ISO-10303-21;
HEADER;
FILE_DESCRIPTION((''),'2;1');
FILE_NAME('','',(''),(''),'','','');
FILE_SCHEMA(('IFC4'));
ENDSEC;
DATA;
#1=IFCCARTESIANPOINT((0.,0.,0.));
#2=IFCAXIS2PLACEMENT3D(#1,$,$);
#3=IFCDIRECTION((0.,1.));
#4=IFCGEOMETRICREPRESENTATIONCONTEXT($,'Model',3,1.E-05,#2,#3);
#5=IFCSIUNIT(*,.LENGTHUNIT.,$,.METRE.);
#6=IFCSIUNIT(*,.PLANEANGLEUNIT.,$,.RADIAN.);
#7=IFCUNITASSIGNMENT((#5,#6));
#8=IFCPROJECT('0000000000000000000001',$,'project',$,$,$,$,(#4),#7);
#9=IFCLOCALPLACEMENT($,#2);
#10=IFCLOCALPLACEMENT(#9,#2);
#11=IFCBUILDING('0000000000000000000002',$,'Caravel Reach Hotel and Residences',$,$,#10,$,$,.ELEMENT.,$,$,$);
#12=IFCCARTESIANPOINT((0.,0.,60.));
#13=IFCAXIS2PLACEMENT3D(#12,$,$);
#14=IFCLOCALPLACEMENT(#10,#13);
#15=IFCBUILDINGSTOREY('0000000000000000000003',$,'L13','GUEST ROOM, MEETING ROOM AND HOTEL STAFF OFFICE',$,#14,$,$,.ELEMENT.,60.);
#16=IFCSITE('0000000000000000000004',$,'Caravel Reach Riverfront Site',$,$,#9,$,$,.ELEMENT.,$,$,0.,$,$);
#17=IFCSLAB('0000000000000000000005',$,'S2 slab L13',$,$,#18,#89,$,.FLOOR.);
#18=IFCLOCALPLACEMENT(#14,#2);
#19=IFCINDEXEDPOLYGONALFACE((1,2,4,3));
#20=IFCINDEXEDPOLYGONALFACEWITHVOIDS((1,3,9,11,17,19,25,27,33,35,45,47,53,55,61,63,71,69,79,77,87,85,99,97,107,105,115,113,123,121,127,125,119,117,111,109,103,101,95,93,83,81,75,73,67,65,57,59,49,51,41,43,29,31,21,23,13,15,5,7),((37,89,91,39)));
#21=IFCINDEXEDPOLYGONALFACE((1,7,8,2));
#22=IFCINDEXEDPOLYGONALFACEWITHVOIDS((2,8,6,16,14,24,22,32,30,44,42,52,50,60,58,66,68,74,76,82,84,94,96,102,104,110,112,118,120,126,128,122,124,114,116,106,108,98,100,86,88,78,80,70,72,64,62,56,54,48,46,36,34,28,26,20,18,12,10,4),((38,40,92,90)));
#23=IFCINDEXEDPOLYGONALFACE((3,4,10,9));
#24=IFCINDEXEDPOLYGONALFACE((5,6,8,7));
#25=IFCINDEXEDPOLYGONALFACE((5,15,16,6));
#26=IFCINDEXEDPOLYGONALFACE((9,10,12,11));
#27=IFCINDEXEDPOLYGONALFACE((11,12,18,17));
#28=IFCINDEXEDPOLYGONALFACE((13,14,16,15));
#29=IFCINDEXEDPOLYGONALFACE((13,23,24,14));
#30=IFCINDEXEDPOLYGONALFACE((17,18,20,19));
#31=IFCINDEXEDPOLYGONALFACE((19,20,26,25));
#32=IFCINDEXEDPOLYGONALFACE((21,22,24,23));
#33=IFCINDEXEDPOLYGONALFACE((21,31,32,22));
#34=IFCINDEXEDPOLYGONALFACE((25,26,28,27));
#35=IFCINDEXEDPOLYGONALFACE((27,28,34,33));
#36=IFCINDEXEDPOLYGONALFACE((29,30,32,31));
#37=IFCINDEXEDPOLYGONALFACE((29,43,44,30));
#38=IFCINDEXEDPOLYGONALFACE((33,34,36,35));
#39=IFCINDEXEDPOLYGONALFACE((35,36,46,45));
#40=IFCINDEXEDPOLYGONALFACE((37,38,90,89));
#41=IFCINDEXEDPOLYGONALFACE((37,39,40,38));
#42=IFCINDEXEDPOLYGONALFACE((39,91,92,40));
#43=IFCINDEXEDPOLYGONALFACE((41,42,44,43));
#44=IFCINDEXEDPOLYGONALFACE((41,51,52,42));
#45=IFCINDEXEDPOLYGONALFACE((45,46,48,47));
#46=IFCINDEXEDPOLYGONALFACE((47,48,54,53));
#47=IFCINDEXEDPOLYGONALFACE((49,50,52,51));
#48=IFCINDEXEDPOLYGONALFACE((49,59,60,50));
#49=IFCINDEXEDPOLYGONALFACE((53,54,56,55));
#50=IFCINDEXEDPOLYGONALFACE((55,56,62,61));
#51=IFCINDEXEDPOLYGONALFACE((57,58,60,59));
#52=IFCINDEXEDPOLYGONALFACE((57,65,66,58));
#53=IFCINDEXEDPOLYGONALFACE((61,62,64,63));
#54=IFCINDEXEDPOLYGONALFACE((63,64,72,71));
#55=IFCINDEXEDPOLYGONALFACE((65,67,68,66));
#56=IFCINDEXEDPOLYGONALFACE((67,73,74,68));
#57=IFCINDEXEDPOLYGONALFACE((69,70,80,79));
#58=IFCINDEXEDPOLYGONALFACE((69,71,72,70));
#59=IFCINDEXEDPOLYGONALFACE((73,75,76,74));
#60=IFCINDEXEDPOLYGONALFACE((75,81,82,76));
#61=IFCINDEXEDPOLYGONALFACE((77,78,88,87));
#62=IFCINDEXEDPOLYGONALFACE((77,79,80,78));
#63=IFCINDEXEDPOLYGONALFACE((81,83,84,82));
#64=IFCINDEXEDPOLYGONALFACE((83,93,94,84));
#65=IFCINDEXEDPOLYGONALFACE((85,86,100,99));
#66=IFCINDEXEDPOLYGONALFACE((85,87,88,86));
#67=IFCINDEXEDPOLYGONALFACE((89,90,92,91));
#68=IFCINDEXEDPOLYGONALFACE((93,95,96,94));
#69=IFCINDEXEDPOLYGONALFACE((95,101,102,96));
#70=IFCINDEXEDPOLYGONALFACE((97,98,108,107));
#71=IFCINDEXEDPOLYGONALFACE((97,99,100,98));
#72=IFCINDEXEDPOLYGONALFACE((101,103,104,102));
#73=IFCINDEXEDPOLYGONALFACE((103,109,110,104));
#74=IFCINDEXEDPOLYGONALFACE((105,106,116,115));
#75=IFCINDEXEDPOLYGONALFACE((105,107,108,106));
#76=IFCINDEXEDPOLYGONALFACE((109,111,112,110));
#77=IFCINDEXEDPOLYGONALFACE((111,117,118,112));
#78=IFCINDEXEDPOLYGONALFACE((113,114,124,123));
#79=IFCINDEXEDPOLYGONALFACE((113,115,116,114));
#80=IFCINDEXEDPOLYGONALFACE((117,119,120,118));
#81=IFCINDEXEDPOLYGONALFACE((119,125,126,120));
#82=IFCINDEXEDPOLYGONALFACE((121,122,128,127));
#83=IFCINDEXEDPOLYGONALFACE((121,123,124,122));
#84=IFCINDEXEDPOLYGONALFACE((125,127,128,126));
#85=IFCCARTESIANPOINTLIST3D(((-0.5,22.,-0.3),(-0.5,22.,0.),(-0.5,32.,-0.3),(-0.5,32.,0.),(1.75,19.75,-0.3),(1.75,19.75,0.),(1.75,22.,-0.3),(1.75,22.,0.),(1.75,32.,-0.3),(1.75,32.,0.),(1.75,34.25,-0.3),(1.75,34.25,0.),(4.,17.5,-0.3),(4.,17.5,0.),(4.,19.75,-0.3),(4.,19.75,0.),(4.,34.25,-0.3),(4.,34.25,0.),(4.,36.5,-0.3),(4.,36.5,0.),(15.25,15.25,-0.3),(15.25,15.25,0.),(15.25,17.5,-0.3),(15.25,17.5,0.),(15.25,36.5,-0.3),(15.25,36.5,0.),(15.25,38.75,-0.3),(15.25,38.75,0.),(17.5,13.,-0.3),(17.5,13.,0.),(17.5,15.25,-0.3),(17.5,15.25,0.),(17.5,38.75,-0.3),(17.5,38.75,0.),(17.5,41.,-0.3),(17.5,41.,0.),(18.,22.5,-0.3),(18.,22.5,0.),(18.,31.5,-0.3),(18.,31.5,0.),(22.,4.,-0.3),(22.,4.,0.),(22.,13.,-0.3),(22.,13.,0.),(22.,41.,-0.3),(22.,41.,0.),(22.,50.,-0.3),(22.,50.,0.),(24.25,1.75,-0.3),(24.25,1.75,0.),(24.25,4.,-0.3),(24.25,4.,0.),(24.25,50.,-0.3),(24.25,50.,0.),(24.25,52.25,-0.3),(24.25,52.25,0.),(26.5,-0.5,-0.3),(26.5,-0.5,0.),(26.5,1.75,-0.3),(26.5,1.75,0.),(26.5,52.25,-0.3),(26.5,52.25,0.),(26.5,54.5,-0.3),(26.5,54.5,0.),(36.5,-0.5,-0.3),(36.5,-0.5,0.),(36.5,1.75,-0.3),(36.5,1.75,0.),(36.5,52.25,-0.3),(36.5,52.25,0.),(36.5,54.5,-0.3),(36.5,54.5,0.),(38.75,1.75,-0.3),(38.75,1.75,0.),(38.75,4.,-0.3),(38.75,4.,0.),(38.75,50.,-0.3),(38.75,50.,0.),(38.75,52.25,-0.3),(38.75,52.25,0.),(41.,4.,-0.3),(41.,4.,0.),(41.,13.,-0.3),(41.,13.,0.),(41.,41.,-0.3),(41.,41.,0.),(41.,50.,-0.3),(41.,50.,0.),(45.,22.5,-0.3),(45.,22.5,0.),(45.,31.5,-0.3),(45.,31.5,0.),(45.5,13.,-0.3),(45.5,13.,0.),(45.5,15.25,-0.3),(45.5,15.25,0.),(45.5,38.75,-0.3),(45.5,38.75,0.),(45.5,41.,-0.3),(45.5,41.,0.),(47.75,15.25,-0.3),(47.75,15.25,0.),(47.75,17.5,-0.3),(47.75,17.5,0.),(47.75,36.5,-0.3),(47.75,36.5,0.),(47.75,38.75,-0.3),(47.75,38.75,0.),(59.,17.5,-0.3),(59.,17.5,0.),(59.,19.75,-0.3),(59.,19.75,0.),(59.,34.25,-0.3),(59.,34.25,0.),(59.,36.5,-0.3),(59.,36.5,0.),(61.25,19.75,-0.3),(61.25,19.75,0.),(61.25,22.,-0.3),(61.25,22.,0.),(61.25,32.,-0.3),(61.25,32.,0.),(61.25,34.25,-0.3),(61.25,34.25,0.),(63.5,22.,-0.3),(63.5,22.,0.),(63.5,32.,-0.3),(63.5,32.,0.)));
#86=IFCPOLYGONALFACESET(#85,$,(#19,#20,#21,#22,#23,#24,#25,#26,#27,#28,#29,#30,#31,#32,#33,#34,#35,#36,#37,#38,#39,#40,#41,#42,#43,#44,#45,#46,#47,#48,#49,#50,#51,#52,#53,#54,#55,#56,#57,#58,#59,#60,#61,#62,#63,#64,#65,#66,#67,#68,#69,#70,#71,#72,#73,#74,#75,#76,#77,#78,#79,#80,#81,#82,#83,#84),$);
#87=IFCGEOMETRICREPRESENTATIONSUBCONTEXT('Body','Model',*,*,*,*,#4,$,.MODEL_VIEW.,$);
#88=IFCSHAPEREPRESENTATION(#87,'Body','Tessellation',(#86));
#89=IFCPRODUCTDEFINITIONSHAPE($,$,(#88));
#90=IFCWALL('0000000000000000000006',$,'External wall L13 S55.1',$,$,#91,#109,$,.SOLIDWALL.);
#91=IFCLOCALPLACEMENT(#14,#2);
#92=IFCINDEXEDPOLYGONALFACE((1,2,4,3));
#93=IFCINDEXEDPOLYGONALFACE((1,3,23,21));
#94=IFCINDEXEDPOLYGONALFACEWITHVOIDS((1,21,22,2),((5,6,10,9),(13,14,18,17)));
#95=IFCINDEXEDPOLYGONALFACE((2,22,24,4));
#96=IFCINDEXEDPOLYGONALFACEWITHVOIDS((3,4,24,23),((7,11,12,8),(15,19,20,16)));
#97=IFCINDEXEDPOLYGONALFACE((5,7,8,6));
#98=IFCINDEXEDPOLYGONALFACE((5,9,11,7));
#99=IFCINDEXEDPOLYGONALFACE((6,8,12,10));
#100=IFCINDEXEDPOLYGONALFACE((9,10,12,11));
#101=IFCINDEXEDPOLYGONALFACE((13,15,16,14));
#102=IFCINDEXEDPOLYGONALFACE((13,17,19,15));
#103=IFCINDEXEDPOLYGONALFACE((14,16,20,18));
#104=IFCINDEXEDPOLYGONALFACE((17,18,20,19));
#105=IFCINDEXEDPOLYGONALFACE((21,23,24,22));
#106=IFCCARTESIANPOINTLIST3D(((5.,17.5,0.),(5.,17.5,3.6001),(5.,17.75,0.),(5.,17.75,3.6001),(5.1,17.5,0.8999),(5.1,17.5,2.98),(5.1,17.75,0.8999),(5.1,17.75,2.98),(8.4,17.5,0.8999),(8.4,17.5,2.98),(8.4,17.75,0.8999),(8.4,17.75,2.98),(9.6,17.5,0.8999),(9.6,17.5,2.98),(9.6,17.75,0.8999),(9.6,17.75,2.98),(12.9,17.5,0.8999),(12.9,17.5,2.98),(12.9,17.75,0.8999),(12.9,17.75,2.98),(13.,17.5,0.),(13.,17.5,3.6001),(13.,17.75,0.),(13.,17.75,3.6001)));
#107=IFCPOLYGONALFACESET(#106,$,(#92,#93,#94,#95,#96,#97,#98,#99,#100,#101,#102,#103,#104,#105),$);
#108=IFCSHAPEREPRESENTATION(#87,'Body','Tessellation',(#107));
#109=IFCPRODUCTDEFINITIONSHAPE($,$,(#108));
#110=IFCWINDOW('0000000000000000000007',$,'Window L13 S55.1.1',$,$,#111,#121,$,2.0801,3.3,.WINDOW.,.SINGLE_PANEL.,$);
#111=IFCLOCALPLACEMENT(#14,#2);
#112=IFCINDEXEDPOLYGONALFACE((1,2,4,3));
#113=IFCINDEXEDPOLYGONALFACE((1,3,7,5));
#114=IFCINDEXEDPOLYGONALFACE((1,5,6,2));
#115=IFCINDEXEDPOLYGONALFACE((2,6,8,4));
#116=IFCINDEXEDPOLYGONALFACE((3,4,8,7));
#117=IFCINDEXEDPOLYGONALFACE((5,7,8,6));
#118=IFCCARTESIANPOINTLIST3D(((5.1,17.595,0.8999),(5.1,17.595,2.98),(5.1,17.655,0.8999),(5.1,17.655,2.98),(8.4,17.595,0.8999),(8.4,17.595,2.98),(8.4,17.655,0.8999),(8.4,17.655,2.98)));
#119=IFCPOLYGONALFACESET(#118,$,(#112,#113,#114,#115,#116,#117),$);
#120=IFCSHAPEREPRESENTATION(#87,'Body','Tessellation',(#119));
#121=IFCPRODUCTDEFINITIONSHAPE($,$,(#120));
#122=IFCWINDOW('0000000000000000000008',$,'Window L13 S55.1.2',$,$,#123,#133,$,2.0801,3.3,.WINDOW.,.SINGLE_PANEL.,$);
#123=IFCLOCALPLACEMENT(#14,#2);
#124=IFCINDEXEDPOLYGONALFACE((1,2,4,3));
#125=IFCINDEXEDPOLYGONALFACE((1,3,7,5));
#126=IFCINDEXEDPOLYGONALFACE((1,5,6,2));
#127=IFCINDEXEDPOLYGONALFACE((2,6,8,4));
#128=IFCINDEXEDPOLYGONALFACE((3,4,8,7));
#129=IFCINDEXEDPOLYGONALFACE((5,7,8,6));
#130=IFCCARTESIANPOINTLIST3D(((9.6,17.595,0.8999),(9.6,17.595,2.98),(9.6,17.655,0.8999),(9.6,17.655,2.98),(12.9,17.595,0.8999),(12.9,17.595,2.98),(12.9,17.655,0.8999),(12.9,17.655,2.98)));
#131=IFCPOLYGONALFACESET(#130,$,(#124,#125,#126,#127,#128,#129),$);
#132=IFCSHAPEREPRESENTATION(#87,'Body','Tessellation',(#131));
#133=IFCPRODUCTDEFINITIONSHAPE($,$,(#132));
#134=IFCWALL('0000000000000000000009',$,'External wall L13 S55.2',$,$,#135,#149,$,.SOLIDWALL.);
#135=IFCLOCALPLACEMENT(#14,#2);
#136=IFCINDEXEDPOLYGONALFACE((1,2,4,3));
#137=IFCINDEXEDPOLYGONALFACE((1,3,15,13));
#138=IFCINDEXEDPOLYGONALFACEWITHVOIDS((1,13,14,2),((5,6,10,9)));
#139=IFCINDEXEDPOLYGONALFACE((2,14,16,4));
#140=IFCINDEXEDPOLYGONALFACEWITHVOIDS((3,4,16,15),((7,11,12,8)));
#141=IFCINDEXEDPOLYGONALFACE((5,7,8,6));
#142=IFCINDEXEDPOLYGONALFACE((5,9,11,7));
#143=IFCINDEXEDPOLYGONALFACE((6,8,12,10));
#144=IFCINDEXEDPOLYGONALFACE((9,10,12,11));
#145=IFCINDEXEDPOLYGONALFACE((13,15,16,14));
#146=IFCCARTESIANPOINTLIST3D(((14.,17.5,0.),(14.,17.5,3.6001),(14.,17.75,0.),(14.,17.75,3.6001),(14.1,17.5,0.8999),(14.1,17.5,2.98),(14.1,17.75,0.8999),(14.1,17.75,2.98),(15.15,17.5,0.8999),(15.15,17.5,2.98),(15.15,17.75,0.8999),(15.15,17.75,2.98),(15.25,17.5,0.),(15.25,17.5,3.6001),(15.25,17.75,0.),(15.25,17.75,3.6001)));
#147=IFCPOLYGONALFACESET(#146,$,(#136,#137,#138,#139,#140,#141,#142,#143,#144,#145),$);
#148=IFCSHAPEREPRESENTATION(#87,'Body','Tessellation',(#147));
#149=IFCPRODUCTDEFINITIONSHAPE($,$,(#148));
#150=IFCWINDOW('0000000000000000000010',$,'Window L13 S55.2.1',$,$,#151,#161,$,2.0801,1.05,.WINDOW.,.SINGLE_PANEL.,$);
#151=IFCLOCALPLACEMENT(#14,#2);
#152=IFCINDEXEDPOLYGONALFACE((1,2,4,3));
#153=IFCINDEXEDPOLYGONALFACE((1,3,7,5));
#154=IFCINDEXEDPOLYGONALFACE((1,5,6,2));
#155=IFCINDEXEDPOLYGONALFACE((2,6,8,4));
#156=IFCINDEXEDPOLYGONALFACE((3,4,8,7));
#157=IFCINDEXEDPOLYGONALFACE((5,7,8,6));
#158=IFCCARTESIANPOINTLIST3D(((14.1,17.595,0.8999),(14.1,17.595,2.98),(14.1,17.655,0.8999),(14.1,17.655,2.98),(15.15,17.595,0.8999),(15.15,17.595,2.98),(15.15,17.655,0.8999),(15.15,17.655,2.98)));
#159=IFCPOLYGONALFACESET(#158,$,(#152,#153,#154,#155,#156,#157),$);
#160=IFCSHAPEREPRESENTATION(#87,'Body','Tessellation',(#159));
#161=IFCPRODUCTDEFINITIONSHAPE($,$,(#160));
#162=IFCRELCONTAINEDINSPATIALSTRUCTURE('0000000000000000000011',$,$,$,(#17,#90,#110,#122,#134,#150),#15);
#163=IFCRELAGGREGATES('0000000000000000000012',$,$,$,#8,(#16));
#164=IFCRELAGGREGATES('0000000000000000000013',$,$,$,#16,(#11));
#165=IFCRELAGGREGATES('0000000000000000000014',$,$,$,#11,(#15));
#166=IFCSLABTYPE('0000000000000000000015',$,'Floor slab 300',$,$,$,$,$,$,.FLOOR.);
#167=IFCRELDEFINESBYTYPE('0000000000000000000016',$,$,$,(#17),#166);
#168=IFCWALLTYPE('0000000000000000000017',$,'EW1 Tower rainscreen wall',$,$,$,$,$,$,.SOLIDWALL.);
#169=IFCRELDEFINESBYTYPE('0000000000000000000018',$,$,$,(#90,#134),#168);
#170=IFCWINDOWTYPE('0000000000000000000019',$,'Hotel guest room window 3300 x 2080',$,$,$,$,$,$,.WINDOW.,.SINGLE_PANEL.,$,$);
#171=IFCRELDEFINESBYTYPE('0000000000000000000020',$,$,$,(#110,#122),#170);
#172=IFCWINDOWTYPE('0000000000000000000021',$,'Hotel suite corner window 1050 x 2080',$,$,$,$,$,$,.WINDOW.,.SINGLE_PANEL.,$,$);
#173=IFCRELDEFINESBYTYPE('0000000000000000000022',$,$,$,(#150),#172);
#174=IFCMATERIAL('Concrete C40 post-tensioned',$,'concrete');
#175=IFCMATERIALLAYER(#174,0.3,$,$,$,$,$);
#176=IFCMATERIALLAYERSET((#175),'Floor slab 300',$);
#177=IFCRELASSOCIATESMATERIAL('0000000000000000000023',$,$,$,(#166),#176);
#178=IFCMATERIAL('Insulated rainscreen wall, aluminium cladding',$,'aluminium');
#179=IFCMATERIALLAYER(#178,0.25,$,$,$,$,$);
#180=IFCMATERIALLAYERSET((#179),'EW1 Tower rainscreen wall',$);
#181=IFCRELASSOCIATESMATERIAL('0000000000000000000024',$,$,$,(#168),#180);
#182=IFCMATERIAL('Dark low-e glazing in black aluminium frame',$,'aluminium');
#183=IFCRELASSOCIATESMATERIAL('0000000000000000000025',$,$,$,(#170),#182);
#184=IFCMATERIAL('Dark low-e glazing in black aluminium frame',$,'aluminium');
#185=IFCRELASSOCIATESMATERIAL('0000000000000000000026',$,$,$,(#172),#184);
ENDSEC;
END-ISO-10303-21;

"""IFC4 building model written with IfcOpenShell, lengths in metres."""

from ifc_helpers import new_model, si_unit, direction, frame, frame_2d, origin, place, context, subcontext, project, spatial, polyline, rectangle, outline, extrude, material, layer, layer_set, type_object, element, fill, save


model = new_model("IFC4")

# Units and contexts
model_context = context("Model", 3, precision=1e-05, world=origin(), true_north=direction((0.0, 1.0)))
body_context = subcontext(model_context, "Body", "Model", "MODEL_VIEW")
ifc_project = project(units=[si_unit("LENGTHUNIT", "METRE"), si_unit("PLANEANGLEUNIT", "RADIAN")], contexts=[model_context])

# Site, building, storey
site_placement = place(None, origin())
site = spatial("IfcSite", under=ifc_project, at=site_placement, Name="Caravel Reach Riverfront Site", CompositionType="ELEMENT", RefElevation=0.0)
building_placement = place(site_placement, origin())
building = spatial("IfcBuilding", under=site, at=building_placement, Name="Caravel Reach Hotel and Residences", CompositionType="ELEMENT")
storey_placement = place(building_placement, frame((0.0, 0.0, 60.0)))
storey = spatial("IfcBuildingStorey", under=building, at=storey_placement, Name="L13", Description="GUEST ROOM, MEETING ROOM AND HOTEL STAFF OFFICE", CompositionType="ELEMENT", Elevation=60.0)

# Slab
ifc_material_1 = material(Name="Concrete C40 post-tensioned", Category="concrete")
ifc_layer_1 = layer(ifc_material_1, 0.3)
ifc_layer_set_1 = layer_set([ifc_layer_1], Name="Floor slab 300")
slab_type_1 = type_object("IfcSlabType", Name="Floor slab 300", PredefinedType="FLOOR", material=ifc_layer_set_1)
slab_1_placement = place(storey_placement, frame((0.0, 0.0, -0.3)))
element("IfcSlab", 1, at=slab_1_placement, inside=storey, type_object=slab_type_1, Name="S2 slab L13", PredefinedType="FLOOR", context=body_context, shape_type="SweptSolid", body=[
    extrude(outline(polyline([(17.5, 13.0), (17.5, 15.25), (15.25, 15.25), (15.25, 17.5), (4.0, 17.5), (4.0, 19.75), (1.75, 19.75), (1.75, 22.0), (-0.5, 22.0), (-0.5, 32.0), (1.75, 32.0), (1.75, 34.25), (4.0, 34.25), (4.0, 36.5), (15.25, 36.5), (15.25, 38.75), (17.5, 38.75), (17.5, 41.0), (22.0, 41.0), (22.0, 50.0), (24.25, 50.0), (24.25, 52.25), (26.5, 52.25), (26.5, 54.5), (36.5, 54.5), (36.5, 52.25), (38.75, 52.25), (38.75, 50.0), (41.0, 50.0), (41.0, 41.0), (45.5, 41.0), (45.5, 38.75), (47.75, 38.75), (47.75, 36.5), (59.0, 36.5), (59.0, 34.25), (61.25, 34.25), (61.25, 32.0), (63.5, 32.0), (63.5, 22.0), (61.25, 22.0), (61.25, 19.75), (59.0, 19.75), (59.0, 17.5), (47.75, 17.5), (47.75, 15.25), (45.5, 15.25), (45.5, 13.0), (41.0, 13.0), (41.0, 4.0), (38.75, 4.0), (38.75, 1.75), (36.5, 1.75), (36.5, -0.5), (26.5, -0.5), (26.5, 1.75), (24.25, 1.75), (24.25, 4.0), (22.0, 4.0), (22.0, 13.0), (17.5, 13.0)]), holes=[polyline([(45.0, 31.5), (18.0, 31.5), (18.0, 22.5), (45.0, 22.5), (45.0, 31.5)])]), origin(), (0.0, 0.0, 1.0), 0.3),
])

# Wall, openings, windows
ifc_material_2 = material(Name="Insulated rainscreen wall, aluminium cladding", Category="aluminium")
ifc_layer_2 = layer(ifc_material_2, 0.25)
ifc_layer_set_2 = layer_set([ifc_layer_2], Name="EW1 Tower rainscreen wall")
wall_type_1 = type_object("IfcWallType", Name="EW1 Tower rainscreen wall", PredefinedType="SOLIDWALL", material=ifc_layer_set_2)
wall_1_placement = place(storey_placement, frame((5.0, 17.625, 0.0), z_axis=(0.0, 0.0, 1.0), x_axis=(1.0, 0.0, 0.0)))
wall_1 = element("IfcWall", 2, at=wall_1_placement, inside=storey, type_object=wall_type_1, Name="External wall L13 S55.1", PredefinedType="SOLIDWALL", context=body_context, shape_type="SweptSolid", body=[
    extrude(rectangle(XDim=8.0, YDim=0.25, at=frame_2d((4.0, 0.0))), origin(), (0.0, 0.0, 1.0), 3.6001),
])
opening_1_placement = place(wall_1_placement, frame((0.1001, 0.0, 0.8999)))
opening_1 = element("IfcOpeningElement", 3, at=opening_1_placement, cuts=wall_1, PredefinedType="OPENING", context=body_context, shape_type="SweptSolid", body=[
    extrude(rectangle(XDim=3.3, YDim=2.0801, at=frame_2d((1.6499, 1.04))), frame((0.0, 0.135, 0.0), z_axis=(0.0, -1.0, 0.0), x_axis=(1.0, 0.0, 0.0)), (0.0, 0.0, 1.0), 0.27),
])
opening_2_placement = place(wall_1_placement, frame((4.6001, 0.0, 0.8999)))
opening_2 = element("IfcOpeningElement", 4, at=opening_2_placement, cuts=wall_1, PredefinedType="OPENING", context=body_context, shape_type="SweptSolid", body=[
    extrude(rectangle(XDim=3.3, YDim=2.0801, at=frame_2d((1.6499, 1.04))), frame((0.0, 0.135, 0.0), z_axis=(0.0, -1.0, 0.0), x_axis=(1.0, 0.0, 0.0)), (0.0, 0.0, 1.0), 0.27),
])
ifc_material_3 = material(Name="Dark low-e glazing in black aluminium frame", Category="aluminium")
window_type_1 = type_object("IfcWindowType", Name="Hotel guest room window 3300 x 2080", PartitioningType="SINGLE_PANEL", PredefinedType="WINDOW", material=ifc_material_3)
window_1_placement = place(opening_1_placement, origin())
window_1 = element("IfcWindow", 5, at=window_1_placement, inside=storey, type_object=window_type_1, Name="Window L13 S55.1.1", OverallHeight=2.0801, OverallWidth=3.3, PartitioningType="SINGLE_PANEL", PredefinedType="WINDOW", context=body_context, shape_type="SweptSolid", body=[
    extrude(rectangle(XDim=3.3, YDim=2.0801, at=frame_2d((1.6499, 1.04))), frame((0.0, 0.03, 0.0), z_axis=(0.0, -1.0, 0.0), x_axis=(1.0, 0.0, 0.0)), (0.0, 0.0, 1.0), 0.0601),
])
fill(opening_1, window_1)
window_2_placement = place(opening_2_placement, origin())
window_2 = element("IfcWindow", 6, at=window_2_placement, inside=storey, type_object=window_type_1, Name="Window L13 S55.1.2", OverallHeight=2.0801, OverallWidth=3.3, PartitioningType="SINGLE_PANEL", PredefinedType="WINDOW", context=body_context, shape_type="SweptSolid", body=[
    extrude(rectangle(XDim=3.3, YDim=2.0801, at=frame_2d((1.6499, 1.04))), frame((0.0, 0.03, 0.0), z_axis=(0.0, -1.0, 0.0), x_axis=(1.0, 0.0, 0.0)), (0.0, 0.0, 1.0), 0.0601),
])
fill(opening_2, window_2)

# Wall, opening, window
wall_2_placement = place(storey_placement, frame((14.0, 17.625, 0.0), z_axis=(0.0, 0.0, 1.0), x_axis=(1.0, 0.0, 0.0)))
wall_2 = element("IfcWall", 7, at=wall_2_placement, inside=storey, type_object=wall_type_1, Name="External wall L13 S55.2", PredefinedType="SOLIDWALL", context=body_context, shape_type="SweptSolid", body=[
    extrude(rectangle(XDim=1.25, YDim=0.25, at=frame_2d((0.625, 0.0))), origin(), (0.0, 0.0, 1.0), 3.6001),
])
opening_3_placement = place(wall_2_placement, frame((0.1001, 0.0, 0.8999)))
opening_3 = element("IfcOpeningElement", 8, at=opening_3_placement, cuts=wall_2, PredefinedType="OPENING", context=body_context, shape_type="SweptSolid", body=[
    extrude(rectangle(XDim=1.05, YDim=2.0801, at=frame_2d((0.5249, 1.04))), frame((0.0, 0.135, 0.0), z_axis=(0.0, -1.0, 0.0), x_axis=(1.0, 0.0, 0.0)), (0.0, 0.0, 1.0), 0.27),
])
ifc_material_4 = material(Name="Dark low-e glazing in black aluminium frame", Category="aluminium")
window_type_2 = type_object("IfcWindowType", Name="Hotel suite corner window 1050 x 2080", PartitioningType="SINGLE_PANEL", PredefinedType="WINDOW", material=ifc_material_4)
window_3_placement = place(opening_3_placement, origin())
window_3 = element("IfcWindow", 9, at=window_3_placement, inside=storey, type_object=window_type_2, Name="Window L13 S55.2.1", OverallHeight=2.0801, OverallWidth=1.05, PartitioningType="SINGLE_PANEL", PredefinedType="WINDOW", context=body_context, shape_type="SweptSolid", body=[
    extrude(rectangle(XDim=1.05, YDim=2.0801, at=frame_2d((0.5249, 1.04))), frame((0.0, 0.03, 0.0), z_axis=(0.0, -1.0, 0.0), x_axis=(1.0, 0.0, 0.0)), (0.0, 0.0, 1.0), 0.0601),
])
fill(opening_3, window_3)

save(model, "model.ifc")
